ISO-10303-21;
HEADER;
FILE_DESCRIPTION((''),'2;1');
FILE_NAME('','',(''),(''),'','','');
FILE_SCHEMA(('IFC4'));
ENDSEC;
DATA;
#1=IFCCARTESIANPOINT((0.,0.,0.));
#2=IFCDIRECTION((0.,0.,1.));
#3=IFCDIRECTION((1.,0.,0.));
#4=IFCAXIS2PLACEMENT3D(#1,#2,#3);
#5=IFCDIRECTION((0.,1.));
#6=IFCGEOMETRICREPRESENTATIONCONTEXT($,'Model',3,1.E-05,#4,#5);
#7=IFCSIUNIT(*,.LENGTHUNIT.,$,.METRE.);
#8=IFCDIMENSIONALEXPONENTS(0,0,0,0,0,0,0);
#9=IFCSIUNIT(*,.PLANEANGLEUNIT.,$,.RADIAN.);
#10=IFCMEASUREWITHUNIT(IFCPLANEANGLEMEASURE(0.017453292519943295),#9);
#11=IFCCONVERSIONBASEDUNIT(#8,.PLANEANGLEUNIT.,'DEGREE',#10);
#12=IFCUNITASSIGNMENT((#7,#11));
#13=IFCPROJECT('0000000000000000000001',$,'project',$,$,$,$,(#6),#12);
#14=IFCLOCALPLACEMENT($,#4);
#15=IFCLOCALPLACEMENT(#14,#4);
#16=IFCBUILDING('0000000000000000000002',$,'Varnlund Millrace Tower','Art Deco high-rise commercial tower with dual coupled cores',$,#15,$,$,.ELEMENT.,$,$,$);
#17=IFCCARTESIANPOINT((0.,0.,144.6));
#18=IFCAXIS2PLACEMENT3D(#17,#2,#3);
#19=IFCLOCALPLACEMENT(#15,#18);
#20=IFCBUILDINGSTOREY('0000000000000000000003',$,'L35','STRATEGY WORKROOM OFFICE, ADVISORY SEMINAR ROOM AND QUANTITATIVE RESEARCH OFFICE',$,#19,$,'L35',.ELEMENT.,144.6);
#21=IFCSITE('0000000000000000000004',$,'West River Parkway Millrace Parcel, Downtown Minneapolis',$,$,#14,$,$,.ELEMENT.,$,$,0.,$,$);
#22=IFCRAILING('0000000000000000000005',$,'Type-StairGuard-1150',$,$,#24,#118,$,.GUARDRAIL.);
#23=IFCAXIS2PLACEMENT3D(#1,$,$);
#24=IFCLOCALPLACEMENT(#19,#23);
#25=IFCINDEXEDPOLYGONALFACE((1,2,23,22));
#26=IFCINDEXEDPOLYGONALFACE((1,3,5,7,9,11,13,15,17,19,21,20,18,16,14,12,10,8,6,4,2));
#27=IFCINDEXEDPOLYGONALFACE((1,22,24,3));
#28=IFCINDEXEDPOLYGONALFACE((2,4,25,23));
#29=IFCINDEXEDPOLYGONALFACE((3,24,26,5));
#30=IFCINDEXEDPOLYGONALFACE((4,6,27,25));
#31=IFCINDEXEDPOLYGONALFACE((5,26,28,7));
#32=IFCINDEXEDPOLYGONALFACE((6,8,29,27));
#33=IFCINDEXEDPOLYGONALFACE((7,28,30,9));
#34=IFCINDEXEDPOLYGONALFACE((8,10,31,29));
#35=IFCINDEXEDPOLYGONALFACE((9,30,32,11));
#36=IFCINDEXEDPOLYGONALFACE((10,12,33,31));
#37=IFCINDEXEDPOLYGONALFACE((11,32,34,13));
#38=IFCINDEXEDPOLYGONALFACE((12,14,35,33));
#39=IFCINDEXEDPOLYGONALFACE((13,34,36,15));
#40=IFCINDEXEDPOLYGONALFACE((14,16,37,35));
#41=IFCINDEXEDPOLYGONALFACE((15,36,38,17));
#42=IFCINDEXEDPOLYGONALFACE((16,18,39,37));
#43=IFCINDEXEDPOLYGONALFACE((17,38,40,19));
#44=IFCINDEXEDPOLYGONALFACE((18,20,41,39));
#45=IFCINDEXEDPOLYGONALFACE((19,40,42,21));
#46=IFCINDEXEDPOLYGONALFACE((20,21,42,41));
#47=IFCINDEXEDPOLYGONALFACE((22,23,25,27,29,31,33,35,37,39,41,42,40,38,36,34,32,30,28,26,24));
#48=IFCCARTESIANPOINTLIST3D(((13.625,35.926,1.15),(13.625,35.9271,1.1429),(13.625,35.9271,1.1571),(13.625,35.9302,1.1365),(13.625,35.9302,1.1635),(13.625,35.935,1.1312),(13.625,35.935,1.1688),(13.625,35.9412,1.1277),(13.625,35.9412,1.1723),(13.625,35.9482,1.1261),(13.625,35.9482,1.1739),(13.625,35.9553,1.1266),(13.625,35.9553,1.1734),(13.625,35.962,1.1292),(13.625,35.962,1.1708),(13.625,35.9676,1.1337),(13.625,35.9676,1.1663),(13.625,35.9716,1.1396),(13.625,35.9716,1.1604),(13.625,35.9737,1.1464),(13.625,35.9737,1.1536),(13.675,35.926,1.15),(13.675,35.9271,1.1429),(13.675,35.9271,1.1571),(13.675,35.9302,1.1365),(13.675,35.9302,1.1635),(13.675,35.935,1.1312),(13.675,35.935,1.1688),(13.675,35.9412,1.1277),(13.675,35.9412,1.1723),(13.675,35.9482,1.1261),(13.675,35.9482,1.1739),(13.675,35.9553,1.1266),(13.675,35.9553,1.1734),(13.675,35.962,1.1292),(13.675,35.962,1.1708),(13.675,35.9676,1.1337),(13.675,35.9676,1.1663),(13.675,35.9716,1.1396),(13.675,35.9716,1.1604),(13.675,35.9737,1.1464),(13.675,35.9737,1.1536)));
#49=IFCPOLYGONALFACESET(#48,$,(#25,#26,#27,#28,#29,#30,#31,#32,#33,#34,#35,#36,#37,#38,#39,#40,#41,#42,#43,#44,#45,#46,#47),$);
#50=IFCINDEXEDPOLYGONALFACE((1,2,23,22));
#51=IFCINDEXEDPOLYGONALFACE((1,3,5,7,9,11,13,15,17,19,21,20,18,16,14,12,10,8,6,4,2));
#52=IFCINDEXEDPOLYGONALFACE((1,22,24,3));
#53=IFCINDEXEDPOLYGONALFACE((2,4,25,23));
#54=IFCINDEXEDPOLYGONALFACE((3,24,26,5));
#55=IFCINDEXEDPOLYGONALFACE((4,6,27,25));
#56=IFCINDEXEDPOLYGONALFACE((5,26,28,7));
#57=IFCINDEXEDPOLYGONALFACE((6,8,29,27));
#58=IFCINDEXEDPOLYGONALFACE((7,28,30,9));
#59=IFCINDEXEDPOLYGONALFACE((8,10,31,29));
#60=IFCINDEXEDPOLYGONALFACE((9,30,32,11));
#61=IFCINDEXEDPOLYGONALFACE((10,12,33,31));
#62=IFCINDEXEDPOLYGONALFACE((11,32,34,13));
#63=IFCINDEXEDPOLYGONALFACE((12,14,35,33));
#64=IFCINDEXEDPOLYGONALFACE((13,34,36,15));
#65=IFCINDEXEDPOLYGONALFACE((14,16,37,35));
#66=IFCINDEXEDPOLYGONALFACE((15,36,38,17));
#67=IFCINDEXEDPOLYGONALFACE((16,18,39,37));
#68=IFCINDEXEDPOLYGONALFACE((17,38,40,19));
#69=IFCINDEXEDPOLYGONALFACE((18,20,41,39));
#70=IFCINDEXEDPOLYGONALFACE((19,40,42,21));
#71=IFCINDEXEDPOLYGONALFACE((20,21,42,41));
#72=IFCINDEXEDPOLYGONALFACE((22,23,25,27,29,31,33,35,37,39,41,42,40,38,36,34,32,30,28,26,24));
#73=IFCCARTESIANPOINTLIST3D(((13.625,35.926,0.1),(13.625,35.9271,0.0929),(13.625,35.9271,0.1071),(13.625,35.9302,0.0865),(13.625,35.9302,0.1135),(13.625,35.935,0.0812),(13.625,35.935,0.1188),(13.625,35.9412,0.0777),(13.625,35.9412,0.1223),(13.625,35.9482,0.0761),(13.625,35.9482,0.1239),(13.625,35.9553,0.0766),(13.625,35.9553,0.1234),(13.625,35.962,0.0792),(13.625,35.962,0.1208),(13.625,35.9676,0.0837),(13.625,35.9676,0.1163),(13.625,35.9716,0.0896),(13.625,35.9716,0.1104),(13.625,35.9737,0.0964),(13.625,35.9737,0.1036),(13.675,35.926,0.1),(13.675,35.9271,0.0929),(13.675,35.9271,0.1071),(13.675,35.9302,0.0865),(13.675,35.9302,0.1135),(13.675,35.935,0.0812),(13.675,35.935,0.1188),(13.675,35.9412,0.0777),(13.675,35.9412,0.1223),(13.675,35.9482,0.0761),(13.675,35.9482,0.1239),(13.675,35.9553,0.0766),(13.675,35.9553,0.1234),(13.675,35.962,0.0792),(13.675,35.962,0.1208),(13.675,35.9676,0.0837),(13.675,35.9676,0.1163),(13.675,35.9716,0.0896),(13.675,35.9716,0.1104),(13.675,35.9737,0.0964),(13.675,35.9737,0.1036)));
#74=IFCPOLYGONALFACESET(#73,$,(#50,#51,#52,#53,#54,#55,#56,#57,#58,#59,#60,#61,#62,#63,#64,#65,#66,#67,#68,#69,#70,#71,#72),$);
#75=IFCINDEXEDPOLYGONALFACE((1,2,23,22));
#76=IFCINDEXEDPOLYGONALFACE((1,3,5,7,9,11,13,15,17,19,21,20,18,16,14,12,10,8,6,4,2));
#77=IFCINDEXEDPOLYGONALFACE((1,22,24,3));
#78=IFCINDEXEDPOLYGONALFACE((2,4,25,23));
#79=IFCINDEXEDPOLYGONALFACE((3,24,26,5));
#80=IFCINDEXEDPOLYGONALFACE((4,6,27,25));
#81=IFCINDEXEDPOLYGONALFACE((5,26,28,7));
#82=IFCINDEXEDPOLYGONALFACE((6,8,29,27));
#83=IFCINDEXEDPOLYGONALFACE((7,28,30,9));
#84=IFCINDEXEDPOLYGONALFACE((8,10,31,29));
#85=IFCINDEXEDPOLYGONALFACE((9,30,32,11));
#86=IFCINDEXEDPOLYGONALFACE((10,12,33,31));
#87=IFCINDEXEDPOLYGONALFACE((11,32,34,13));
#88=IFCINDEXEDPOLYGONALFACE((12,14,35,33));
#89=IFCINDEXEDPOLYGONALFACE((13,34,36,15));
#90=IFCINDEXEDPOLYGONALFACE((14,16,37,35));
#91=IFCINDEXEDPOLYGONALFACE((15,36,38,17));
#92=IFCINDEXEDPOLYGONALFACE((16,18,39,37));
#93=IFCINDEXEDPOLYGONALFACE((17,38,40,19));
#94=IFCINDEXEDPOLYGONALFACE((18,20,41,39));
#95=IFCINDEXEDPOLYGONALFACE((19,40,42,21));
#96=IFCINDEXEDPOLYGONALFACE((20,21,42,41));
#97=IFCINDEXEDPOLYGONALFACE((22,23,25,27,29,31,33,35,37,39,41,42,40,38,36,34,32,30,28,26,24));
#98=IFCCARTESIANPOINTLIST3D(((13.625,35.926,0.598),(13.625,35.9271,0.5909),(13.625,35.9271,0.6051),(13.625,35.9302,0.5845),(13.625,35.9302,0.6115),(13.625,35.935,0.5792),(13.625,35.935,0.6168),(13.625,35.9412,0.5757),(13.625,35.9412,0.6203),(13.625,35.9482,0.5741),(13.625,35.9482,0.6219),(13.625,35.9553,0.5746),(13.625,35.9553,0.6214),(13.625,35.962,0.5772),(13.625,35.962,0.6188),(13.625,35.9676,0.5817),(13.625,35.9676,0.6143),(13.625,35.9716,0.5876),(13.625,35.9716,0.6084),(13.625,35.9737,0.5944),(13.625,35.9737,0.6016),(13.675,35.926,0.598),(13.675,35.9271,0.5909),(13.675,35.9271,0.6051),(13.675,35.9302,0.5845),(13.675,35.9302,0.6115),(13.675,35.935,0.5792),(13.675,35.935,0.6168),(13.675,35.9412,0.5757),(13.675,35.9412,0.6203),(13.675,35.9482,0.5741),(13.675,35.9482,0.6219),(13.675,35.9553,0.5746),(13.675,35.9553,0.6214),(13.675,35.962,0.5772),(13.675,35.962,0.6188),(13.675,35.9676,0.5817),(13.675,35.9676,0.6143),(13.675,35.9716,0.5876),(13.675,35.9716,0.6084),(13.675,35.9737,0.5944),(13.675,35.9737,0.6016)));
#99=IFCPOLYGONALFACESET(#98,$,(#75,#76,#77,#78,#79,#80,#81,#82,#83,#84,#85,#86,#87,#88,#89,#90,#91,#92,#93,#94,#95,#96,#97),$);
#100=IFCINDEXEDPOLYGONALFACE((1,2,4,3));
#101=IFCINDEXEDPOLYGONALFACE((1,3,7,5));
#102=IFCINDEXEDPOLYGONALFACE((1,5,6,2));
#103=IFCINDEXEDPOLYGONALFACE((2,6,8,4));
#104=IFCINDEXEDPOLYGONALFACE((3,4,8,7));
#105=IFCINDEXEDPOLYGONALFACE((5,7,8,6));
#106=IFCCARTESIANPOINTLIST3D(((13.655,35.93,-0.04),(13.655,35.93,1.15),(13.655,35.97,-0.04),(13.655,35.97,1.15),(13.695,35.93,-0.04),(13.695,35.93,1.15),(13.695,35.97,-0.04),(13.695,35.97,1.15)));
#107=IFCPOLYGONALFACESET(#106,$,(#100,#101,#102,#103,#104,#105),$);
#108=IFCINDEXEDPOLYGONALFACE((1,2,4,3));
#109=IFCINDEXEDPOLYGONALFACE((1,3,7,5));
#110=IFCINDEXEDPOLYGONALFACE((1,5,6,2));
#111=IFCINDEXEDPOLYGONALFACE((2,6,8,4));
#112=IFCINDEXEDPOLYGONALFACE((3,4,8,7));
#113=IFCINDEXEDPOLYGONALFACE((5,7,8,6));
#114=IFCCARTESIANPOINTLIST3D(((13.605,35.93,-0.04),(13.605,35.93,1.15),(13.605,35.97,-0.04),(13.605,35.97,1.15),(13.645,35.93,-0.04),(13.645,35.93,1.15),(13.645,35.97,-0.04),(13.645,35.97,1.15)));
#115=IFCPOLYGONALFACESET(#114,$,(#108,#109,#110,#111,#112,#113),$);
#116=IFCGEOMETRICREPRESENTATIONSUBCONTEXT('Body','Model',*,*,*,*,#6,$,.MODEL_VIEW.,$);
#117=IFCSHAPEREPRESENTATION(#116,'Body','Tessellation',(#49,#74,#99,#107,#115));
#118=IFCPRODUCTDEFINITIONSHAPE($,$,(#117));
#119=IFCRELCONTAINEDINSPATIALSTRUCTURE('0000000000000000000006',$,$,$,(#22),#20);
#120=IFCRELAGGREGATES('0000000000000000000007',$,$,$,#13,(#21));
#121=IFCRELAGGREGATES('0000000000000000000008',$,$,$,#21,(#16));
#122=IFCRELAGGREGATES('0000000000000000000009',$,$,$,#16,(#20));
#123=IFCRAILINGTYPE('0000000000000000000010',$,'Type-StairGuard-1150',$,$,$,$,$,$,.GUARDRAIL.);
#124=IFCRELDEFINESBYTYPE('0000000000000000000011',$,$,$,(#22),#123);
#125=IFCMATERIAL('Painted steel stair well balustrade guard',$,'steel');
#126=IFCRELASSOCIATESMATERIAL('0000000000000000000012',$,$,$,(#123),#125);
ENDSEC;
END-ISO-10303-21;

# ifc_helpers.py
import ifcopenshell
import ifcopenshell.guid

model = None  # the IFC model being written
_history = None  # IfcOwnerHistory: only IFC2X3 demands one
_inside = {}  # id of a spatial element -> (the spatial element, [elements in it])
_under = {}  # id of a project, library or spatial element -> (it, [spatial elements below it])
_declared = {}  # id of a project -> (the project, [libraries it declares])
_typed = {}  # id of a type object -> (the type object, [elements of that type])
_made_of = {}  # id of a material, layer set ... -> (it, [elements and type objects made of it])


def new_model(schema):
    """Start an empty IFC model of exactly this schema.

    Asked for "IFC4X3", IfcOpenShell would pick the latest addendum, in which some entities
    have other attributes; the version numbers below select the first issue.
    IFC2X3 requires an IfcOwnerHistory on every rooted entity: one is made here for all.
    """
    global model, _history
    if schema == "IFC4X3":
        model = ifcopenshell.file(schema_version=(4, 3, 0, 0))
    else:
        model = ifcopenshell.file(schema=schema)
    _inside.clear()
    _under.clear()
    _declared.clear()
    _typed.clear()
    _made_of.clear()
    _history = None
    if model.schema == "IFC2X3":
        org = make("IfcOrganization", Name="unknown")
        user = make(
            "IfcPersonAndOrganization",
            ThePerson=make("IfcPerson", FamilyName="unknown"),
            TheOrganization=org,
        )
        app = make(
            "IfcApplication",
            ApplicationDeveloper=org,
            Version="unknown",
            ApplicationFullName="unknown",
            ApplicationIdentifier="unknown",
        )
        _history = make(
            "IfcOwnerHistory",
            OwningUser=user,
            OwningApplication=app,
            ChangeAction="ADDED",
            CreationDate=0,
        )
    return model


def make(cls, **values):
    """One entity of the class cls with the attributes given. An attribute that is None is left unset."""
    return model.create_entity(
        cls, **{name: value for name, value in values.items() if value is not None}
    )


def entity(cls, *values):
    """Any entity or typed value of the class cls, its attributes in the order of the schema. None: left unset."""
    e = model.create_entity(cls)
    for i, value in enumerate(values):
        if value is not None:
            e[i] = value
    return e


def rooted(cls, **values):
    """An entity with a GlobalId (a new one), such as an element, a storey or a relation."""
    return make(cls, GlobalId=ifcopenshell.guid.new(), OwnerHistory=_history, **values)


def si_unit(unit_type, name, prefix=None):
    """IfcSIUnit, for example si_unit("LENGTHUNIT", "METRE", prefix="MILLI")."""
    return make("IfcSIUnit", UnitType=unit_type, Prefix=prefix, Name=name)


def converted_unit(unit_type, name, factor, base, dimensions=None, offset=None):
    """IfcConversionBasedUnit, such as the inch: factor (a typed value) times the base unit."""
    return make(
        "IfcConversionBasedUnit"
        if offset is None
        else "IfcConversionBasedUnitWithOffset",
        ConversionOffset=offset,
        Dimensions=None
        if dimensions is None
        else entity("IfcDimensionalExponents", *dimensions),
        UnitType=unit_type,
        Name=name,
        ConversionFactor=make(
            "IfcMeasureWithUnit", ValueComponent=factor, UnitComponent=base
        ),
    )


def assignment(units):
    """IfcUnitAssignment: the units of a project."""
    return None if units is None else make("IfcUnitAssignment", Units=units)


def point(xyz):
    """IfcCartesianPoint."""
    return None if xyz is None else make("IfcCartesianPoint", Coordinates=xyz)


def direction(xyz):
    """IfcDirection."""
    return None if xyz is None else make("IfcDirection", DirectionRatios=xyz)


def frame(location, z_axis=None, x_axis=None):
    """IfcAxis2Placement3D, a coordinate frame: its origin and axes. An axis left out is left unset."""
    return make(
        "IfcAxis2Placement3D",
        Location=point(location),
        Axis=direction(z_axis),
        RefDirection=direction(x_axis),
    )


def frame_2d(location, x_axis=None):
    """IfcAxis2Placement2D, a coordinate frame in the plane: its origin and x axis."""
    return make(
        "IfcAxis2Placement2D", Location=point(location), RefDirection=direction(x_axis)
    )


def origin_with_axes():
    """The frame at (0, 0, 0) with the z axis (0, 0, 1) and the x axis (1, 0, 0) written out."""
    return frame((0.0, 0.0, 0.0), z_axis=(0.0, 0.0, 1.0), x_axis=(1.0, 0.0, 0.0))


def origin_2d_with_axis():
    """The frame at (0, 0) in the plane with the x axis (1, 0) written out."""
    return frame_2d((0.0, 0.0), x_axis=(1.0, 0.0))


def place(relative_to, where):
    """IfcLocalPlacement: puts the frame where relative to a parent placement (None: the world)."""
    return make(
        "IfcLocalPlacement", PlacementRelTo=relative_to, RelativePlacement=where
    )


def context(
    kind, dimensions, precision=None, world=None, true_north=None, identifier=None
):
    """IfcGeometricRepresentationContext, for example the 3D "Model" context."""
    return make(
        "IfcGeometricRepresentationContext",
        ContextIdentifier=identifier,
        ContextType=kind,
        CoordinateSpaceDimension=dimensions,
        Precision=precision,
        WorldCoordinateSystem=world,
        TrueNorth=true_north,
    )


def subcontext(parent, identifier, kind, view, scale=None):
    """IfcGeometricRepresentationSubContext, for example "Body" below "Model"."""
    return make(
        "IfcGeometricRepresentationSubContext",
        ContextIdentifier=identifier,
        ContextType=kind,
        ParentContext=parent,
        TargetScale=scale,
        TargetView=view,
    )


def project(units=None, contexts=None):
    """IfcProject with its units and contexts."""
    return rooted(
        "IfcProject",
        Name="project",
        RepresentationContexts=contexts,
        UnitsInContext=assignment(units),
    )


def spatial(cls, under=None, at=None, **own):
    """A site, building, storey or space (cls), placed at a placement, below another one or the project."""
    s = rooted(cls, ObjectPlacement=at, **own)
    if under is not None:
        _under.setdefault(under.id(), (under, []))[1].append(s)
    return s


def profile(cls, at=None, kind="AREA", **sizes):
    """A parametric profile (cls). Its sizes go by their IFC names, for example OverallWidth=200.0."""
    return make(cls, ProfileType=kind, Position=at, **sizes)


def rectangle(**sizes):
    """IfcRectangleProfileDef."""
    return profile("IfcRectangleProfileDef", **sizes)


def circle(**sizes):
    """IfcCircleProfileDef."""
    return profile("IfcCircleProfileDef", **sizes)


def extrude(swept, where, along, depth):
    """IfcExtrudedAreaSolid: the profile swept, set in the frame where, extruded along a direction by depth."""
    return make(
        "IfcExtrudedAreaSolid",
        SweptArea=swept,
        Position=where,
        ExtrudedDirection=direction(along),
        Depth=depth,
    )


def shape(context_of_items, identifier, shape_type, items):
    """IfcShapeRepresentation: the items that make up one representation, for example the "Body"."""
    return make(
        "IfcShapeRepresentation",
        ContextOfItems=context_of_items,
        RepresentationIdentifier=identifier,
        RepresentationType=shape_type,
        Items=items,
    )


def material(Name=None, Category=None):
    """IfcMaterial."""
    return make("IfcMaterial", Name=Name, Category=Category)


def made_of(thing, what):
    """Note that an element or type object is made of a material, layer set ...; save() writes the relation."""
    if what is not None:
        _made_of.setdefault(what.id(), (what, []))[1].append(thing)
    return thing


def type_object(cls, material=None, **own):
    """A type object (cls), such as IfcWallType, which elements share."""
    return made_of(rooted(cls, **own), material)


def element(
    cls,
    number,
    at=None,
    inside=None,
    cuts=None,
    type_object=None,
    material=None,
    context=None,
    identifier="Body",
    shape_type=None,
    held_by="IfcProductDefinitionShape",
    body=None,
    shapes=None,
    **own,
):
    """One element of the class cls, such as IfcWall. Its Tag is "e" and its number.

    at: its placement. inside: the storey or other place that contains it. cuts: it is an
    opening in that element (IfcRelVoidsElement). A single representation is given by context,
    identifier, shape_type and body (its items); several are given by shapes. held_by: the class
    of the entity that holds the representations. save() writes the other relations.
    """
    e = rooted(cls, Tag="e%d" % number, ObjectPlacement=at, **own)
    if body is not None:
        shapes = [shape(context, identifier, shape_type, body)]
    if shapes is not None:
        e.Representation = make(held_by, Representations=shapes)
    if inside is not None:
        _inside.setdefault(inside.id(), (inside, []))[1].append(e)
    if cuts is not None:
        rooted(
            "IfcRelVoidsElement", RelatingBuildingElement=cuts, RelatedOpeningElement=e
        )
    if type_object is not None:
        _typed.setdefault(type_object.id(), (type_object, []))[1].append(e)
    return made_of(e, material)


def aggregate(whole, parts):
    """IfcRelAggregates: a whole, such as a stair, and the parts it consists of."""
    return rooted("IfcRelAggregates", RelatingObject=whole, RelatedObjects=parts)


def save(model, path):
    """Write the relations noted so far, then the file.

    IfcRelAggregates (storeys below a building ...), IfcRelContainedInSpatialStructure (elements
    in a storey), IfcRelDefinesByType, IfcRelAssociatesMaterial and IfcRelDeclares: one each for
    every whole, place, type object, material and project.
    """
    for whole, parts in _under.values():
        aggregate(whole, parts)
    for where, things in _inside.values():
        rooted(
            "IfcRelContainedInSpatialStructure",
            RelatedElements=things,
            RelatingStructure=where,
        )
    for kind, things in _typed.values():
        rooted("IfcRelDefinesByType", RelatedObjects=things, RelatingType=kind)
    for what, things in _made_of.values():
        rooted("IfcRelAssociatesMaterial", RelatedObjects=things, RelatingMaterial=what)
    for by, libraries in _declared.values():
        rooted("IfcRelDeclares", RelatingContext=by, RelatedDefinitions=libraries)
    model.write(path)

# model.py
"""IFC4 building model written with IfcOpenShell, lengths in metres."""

from ifc_helpers import new_model, entity, si_unit, converted_unit, direction, frame, origin_with_axes, origin_2d_with_axis, place, context, subcontext, project, spatial, rectangle, circle, extrude, material, type_object, element, save


model = new_model("IFC4")

# Units and contexts
model_context = context("Model", 3, precision=1e-05, world=origin_with_axes(), true_north=direction((0.0, 1.0)))
body_context = subcontext(model_context, "Body", "Model", "MODEL_VIEW")
ifc_project = project(units=[si_unit("LENGTHUNIT", "METRE"), converted_unit("PLANEANGLEUNIT", "DEGREE", entity("IfcPlaneAngleMeasure", 0.017453292519943295), si_unit("PLANEANGLEUNIT", "RADIAN"), dimensions=[0, 0, 0, 0, 0, 0, 0])], contexts=[model_context])

# Site, building, storey
site_placement = place(None, origin_with_axes())
site = spatial("IfcSite", under=ifc_project, at=site_placement, Name="West River Parkway Millrace Parcel, Downtown Minneapolis", CompositionType="ELEMENT", RefElevation=0.0)
building_placement = place(site_placement, origin_with_axes())
building = spatial("IfcBuilding", under=site, at=building_placement, Name="Varnlund Millrace Tower", Description="Art Deco high-rise commercial tower with dual coupled cores", CompositionType="ELEMENT")
storey_placement = place(building_placement, frame((0.0, 0.0, 144.6), z_axis=(0.0, 0.0, 1.0), x_axis=(1.0, 0.0, 0.0)))
storey = spatial("IfcBuildingStorey", under=building, at=storey_placement, Name="L35", Description="STRATEGY WORKROOM OFFICE, ADVISORY SEMINAR ROOM AND QUANTITATIVE RESEARCH OFFICE", LongName="L35", CompositionType="ELEMENT", Elevation=144.6)

# Railing
ifc_material_1 = material(Name="Painted steel stair well balustrade guard", Category="steel")
railing_type_1 = type_object("IfcRailingType", Name="Type-StairGuard-1150", PredefinedType="GUARDRAIL", material=ifc_material_1)
railing_1_placement = place(storey_placement, frame((0.0, 0.0, -144.6), z_axis=(0.0, 0.0, 1.0), x_axis=(1.0, 0.0, 0.0)))
element("IfcRailing", 1, at=railing_1_placement, inside=storey, type_object=railing_type_1, Name="Type-StairGuard-1150", PredefinedType="GUARDRAIL", context=body_context, shape_type="SweptSolid", body=[
    extrude(circle(Radius=0.024, at=origin_2d_with_axis()), frame((13.675, 35.95, 145.75), z_axis=(-1.0, 0.0, 0.0), x_axis=(0.0, -1.0, 0.0)), (0.0, 0.0, 1.0), 0.05),
    extrude(circle(Radius=0.024, at=origin_2d_with_axis()), frame((13.675, 35.95, 144.7), z_axis=(-1.0, 0.0, 0.0), x_axis=(0.0, -1.0, 0.0)), (0.0, 0.0, 1.0), 0.05),
    extrude(circle(Radius=0.024, at=origin_2d_with_axis()), frame((13.675, 35.95, 145.198), z_axis=(-1.0, 0.0, 0.0), x_axis=(0.0, -1.0, 0.0)), (0.0, 0.0, 1.0), 0.05),
    extrude(rectangle(XDim=0.04, YDim=0.04, at=origin_2d_with_axis()), frame((13.675, 35.95, 144.56), z_axis=(0.0, 0.0, 1.0), x_axis=(1.0, 0.0, 0.0)), (0.0, 0.0, 1.0), 1.19),
    extrude(rectangle(XDim=0.04, YDim=0.04, at=origin_2d_with_axis()), frame((13.625, 35.95, 144.56), z_axis=(0.0, 0.0, 1.0), x_axis=(1.0, 0.0, 0.0)), (0.0, 0.0, 1.0), 1.19),
])

save(model, "model.ifc")
